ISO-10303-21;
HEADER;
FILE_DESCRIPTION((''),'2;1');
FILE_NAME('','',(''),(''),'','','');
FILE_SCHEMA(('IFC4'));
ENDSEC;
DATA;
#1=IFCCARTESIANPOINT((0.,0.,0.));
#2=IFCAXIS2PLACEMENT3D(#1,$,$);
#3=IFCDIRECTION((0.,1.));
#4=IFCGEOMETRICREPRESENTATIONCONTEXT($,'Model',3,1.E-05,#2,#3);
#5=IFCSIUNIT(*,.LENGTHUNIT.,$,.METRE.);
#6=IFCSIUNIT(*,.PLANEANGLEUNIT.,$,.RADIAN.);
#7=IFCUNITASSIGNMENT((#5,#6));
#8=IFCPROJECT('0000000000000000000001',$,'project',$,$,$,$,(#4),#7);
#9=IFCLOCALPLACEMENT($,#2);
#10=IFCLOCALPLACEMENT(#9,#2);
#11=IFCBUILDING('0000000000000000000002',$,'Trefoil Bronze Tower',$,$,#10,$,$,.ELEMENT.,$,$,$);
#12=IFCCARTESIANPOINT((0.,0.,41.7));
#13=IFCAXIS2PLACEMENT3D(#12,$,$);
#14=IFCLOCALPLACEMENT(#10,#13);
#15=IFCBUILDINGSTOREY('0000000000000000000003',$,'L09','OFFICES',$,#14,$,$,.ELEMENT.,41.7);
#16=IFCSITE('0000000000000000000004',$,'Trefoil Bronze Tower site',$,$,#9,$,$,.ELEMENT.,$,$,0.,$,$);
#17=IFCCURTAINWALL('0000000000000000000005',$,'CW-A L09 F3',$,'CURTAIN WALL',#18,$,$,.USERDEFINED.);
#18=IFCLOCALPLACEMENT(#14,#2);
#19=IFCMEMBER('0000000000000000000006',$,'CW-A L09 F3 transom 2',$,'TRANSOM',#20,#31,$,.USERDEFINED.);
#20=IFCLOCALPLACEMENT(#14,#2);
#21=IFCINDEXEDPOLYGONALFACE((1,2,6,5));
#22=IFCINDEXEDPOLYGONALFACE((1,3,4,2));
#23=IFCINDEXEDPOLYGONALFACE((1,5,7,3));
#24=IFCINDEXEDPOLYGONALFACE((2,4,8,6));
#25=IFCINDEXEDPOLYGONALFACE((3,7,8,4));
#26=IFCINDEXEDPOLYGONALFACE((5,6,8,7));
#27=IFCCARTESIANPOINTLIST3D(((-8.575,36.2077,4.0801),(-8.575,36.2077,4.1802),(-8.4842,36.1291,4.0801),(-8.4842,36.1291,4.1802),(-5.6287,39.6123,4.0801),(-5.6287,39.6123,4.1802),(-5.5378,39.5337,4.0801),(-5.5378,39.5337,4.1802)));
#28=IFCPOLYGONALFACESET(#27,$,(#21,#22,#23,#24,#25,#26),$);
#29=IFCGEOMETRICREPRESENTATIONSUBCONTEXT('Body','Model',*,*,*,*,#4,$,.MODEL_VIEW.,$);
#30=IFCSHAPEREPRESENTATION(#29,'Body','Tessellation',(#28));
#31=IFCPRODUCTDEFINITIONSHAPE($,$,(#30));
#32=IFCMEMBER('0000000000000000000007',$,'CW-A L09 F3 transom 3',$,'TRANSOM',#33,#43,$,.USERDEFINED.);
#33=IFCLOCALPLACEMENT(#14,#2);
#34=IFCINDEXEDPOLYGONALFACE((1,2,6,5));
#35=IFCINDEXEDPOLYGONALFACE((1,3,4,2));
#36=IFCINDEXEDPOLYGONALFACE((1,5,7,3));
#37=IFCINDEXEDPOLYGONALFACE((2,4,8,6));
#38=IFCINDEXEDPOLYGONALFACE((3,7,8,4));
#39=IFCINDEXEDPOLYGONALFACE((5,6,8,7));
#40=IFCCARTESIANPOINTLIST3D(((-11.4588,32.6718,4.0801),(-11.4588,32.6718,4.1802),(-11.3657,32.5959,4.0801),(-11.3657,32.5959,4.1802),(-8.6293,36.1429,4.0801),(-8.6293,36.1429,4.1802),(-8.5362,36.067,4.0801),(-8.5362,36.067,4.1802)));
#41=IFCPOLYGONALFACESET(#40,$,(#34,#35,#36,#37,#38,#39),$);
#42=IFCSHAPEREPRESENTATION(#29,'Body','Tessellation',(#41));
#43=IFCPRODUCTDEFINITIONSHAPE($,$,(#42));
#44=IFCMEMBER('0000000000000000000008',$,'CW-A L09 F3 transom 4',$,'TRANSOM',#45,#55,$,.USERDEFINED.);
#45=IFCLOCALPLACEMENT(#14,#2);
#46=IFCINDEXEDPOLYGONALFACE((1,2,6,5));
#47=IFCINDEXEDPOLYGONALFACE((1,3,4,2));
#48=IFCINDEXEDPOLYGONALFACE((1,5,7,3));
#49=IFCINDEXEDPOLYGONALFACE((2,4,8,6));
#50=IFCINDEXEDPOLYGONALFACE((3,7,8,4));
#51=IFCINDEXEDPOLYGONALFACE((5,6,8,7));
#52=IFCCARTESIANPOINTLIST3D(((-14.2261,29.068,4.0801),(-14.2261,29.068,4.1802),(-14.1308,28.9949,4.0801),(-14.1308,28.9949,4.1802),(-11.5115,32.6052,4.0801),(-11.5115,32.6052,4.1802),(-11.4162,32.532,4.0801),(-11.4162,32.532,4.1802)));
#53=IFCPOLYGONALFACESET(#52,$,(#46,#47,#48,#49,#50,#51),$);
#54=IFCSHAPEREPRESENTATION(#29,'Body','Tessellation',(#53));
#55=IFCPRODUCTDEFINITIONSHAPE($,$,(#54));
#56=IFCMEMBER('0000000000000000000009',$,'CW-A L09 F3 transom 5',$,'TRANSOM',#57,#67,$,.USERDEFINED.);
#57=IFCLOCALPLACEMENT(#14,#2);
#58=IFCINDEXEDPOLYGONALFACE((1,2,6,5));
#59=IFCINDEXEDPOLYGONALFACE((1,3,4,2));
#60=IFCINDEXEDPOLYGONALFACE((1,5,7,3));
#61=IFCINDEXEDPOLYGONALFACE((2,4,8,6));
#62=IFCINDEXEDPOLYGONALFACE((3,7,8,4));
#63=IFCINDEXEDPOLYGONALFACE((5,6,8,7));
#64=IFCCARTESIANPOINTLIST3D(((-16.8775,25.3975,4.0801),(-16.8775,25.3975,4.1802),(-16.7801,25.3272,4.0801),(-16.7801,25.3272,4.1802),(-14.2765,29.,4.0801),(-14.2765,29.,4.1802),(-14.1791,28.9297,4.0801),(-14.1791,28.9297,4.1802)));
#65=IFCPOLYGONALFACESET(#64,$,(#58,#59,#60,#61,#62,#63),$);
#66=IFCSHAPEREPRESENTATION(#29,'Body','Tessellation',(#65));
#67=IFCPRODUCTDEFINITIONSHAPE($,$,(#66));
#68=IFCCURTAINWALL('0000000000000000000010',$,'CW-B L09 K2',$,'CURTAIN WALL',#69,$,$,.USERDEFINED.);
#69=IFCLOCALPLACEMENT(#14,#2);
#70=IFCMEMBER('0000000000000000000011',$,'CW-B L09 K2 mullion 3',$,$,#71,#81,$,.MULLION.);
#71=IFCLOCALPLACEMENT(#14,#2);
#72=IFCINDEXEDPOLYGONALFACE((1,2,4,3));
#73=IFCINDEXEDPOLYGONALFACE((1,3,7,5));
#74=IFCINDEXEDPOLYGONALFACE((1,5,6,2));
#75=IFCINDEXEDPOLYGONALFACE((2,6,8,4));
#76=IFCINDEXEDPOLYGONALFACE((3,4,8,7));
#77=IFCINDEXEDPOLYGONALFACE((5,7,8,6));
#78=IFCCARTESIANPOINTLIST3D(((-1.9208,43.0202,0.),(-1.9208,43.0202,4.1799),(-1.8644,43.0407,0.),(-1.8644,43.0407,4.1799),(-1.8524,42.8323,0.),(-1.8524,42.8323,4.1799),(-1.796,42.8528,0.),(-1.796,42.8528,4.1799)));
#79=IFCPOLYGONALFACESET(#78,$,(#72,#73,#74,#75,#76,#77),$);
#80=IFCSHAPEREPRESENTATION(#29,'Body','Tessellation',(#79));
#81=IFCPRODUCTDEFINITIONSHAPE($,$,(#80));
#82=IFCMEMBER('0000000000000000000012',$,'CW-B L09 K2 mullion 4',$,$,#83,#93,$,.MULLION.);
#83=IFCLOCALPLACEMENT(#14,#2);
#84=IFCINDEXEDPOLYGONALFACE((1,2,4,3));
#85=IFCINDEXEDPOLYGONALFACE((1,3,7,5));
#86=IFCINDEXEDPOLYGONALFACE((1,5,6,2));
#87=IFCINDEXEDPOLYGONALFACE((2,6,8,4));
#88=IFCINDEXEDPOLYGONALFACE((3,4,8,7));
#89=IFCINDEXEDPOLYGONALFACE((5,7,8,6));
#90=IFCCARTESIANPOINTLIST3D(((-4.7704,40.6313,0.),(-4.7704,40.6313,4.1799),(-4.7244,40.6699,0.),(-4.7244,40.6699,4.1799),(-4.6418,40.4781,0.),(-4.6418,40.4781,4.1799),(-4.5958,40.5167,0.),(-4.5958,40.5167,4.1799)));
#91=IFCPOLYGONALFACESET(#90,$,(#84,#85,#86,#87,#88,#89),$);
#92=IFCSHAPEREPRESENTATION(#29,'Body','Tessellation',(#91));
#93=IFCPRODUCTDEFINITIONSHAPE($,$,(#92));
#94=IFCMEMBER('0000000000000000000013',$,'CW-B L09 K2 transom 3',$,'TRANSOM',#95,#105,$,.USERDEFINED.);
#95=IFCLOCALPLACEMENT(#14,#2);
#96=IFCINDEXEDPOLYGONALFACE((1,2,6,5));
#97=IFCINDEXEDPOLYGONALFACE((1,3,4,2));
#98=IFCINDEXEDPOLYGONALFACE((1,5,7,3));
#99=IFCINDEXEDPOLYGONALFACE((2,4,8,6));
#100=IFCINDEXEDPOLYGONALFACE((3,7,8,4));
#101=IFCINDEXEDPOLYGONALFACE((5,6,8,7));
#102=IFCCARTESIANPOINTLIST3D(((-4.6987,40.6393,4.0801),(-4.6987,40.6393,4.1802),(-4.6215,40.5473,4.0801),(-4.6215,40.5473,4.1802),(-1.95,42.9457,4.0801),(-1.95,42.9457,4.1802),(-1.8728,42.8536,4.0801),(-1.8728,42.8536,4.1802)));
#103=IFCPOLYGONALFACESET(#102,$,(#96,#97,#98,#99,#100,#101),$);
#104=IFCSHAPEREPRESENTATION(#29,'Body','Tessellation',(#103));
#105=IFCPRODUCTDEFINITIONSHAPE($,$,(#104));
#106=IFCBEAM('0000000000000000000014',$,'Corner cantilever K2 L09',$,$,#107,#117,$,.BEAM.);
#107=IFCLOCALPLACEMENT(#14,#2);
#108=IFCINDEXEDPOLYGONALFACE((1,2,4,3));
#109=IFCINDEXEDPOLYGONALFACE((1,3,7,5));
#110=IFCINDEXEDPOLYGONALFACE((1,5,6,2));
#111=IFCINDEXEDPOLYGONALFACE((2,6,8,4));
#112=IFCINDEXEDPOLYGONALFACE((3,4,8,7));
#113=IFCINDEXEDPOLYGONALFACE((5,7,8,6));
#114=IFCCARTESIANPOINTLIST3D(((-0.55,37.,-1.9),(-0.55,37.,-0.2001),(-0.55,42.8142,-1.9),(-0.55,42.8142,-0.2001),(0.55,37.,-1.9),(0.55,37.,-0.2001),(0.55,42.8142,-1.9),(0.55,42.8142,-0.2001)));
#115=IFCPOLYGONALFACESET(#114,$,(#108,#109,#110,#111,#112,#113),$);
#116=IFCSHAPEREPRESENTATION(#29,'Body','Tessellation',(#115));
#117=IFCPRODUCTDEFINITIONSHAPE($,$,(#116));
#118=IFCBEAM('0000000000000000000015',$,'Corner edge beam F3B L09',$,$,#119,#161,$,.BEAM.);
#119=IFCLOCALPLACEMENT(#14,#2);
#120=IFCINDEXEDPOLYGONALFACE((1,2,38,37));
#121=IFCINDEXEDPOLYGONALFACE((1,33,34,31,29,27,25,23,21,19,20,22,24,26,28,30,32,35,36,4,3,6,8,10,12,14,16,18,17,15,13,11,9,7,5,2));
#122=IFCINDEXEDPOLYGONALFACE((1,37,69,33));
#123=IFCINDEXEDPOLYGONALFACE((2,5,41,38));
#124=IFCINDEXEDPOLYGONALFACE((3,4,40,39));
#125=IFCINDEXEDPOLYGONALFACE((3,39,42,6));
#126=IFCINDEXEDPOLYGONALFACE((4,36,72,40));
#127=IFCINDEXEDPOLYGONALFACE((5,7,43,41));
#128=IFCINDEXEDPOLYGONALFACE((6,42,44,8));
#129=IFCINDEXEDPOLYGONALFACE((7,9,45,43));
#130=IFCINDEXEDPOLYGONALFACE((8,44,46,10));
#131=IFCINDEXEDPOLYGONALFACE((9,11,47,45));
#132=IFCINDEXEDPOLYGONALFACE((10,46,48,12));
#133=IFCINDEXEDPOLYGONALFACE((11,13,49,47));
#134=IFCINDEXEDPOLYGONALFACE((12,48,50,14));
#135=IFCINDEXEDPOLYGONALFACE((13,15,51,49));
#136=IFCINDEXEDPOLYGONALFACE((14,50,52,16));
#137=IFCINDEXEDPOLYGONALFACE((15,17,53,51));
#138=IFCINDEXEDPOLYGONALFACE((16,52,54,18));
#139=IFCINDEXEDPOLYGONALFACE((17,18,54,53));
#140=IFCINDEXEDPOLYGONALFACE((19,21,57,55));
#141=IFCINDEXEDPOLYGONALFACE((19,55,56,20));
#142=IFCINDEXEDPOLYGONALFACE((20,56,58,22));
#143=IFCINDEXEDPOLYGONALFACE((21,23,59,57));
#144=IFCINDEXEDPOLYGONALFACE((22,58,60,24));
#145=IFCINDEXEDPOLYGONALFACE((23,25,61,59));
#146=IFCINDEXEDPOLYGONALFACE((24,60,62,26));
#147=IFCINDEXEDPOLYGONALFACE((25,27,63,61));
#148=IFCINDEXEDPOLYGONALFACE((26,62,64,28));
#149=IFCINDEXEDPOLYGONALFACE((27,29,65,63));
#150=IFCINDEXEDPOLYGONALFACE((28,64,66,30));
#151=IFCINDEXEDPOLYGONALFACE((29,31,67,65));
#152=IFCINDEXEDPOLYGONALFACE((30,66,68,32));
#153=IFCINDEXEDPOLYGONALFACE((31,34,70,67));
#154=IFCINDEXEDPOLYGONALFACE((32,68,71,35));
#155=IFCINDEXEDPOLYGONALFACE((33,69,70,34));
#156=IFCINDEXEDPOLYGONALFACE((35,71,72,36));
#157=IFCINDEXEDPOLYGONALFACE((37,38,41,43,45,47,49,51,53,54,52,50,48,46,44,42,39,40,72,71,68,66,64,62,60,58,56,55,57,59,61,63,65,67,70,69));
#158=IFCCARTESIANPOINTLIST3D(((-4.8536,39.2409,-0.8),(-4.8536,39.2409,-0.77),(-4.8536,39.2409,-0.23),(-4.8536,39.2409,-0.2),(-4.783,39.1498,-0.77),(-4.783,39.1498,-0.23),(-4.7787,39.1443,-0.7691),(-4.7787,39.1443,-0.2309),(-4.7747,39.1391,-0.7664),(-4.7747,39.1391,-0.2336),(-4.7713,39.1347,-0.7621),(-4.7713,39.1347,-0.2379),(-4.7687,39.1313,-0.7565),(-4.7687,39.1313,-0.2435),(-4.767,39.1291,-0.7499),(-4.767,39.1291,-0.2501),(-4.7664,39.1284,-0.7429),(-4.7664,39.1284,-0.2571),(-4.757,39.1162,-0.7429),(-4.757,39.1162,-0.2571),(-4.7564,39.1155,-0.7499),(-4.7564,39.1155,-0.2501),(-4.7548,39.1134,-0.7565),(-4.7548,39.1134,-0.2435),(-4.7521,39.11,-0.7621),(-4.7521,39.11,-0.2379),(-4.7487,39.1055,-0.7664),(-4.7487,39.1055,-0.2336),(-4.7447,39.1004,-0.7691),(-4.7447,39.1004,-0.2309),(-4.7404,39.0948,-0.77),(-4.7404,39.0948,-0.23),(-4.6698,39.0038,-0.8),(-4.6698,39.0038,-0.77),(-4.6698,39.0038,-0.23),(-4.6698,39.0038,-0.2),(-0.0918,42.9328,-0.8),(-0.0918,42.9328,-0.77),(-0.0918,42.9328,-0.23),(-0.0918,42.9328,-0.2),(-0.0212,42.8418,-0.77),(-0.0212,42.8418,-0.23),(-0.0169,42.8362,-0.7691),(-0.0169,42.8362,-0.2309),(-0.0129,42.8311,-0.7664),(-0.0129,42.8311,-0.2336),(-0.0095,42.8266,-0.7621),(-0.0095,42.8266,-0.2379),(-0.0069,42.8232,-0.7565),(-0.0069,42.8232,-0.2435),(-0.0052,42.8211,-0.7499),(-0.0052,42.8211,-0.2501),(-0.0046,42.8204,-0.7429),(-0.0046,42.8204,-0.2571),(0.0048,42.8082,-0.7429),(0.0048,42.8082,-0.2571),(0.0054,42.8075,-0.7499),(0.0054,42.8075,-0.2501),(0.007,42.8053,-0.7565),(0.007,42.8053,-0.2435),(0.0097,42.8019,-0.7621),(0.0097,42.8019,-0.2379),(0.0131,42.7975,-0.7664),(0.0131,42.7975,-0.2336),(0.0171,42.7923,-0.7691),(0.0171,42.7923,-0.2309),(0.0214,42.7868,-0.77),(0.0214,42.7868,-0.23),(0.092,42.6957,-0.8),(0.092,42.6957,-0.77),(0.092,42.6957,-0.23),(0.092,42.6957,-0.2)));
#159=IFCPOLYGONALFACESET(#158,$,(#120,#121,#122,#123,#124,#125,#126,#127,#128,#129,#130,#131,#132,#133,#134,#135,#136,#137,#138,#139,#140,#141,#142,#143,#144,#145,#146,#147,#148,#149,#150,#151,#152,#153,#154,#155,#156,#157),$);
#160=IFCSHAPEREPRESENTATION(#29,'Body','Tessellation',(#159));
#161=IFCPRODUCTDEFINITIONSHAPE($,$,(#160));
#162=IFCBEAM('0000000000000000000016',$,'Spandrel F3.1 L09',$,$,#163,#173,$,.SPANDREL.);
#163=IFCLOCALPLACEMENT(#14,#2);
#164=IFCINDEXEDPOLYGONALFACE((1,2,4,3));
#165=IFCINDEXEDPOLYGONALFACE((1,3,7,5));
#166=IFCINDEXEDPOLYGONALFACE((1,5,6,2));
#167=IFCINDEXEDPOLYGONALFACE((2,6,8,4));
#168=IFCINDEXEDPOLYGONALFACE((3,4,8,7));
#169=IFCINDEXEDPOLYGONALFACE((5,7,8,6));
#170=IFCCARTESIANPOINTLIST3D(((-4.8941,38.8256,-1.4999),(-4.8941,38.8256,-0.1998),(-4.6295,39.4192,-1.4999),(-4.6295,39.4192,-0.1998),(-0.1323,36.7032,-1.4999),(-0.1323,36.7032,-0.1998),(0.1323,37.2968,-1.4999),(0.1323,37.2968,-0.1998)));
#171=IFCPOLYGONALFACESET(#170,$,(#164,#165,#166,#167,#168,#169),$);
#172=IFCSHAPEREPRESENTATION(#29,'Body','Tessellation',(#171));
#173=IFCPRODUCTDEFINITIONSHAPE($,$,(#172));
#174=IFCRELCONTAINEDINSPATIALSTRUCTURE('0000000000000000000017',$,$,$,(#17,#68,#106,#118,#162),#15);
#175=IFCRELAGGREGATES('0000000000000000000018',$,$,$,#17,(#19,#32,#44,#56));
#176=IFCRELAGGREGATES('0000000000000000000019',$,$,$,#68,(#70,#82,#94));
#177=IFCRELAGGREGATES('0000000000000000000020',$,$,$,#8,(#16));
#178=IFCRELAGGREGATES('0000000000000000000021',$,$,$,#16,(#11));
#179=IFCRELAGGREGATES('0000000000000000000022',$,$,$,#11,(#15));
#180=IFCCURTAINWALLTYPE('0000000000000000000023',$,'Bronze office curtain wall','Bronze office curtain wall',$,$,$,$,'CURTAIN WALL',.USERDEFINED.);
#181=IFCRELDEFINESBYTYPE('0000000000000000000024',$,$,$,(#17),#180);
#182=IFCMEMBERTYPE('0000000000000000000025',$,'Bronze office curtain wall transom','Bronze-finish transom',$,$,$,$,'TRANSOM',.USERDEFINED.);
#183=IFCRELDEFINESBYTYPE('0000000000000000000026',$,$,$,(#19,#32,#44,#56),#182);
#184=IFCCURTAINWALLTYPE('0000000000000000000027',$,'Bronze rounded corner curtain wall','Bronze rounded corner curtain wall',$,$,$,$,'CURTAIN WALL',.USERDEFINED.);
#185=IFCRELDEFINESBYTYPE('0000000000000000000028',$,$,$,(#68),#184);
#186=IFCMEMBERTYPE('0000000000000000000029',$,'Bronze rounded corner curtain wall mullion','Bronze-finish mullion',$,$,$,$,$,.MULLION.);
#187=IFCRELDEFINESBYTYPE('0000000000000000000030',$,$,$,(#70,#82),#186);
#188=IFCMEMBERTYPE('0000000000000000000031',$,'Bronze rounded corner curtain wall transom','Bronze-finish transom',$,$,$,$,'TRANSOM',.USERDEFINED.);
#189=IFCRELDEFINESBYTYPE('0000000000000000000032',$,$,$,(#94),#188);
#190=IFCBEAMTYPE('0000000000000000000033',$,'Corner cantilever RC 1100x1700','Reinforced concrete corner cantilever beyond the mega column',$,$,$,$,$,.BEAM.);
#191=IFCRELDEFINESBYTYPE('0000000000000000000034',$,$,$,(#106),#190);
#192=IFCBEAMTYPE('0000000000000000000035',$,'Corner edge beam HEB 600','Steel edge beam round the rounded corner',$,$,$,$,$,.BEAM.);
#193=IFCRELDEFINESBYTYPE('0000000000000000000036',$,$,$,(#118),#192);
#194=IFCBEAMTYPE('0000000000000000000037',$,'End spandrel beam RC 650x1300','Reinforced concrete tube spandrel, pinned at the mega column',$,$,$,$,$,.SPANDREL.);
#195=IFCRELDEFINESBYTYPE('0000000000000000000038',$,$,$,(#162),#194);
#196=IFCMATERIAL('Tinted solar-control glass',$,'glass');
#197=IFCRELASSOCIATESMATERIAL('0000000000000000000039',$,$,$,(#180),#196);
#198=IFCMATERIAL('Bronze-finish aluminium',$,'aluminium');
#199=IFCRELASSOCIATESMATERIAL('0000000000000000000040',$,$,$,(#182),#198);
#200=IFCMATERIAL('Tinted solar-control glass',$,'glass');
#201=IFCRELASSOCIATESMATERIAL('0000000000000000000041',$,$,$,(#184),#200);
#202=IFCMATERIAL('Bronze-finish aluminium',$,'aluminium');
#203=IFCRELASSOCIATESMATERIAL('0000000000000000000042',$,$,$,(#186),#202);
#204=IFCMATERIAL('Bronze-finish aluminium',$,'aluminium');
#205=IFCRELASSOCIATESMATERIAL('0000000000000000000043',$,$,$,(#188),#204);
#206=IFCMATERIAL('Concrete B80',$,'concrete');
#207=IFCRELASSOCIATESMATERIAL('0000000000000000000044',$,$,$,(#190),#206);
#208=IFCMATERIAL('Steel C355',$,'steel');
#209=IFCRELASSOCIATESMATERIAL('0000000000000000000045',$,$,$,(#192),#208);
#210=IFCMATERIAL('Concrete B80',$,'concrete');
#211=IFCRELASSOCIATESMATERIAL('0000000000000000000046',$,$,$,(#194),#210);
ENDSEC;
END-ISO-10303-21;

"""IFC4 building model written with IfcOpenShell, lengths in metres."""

from ifc_helpers import new_model, si_unit, direction, frame, origin, origin_2d, place, context, subcontext, project, spatial, rectangle, i_section, extrude, material, material_profile, profile_set, type_object, element, aggregate, save


model = new_model("IFC4")

# Units and contexts
model_context = context("Model", 3, precision=1e-05, world=origin(), true_north=direction((0.0, 1.0)))
body_context = subcontext(model_context, "Body", "Model", "MODEL_VIEW")
ifc_project = project(units=[si_unit("LENGTHUNIT", "METRE"), si_unit("PLANEANGLEUNIT", "RADIAN")], contexts=[model_context])

# Site, building, storey
site_placement = place(None, origin())
site = spatial("IfcSite", under=ifc_project, at=site_placement, Name="Trefoil Bronze Tower site", CompositionType="ELEMENT", RefElevation=0.0)
building_placement = place(site_placement, origin())
building = spatial("IfcBuilding", under=site, at=building_placement, Name="Trefoil Bronze Tower", CompositionType="ELEMENT")
storey_placement = place(building_placement, frame((0.0, 0.0, 41.7)))
storey = spatial("IfcBuildingStorey", under=building, at=storey_placement, Name="L09", Description="OFFICES", CompositionType="ELEMENT", Elevation=41.7)

# Curtain walls, members
ifc_material_1 = material(Name="Tinted solar-control glass", Category="glass")
curtain_wall_type_1 = type_object("IfcCurtainWallType", Name="Bronze office curtain wall", Description="Bronze office curtain wall", ElementType="CURTAIN WALL", PredefinedType="USERDEFINED", material=ifc_material_1)
curtain_wall_1_placement = place(storey_placement, origin())
curtain_wall_1 = element("IfcCurtainWall", 1, at=curtain_wall_1_placement, inside=storey, type_object=curtain_wall_type_1, Name="CW-A L09 F3", ObjectType="CURTAIN WALL", PredefinedType="USERDEFINED")
ifc_material_2 = material(Name="Bronze-finish aluminium", Category="aluminium")
ifc_material_profile_1 = material_profile(ifc_material_2, rectangle(XDim=0.1201, YDim=0.1001, at=origin_2d()), Name="CW-A transom")
ifc_profile_set_1 = profile_set([ifc_material_profile_1], Name="Bronze-finish aluminium")
member_type_1 = type_object("IfcMemberType", Name="Bronze office curtain wall transom", Description="Bronze-finish transom", ElementType="TRANSOM", PredefinedType="USERDEFINED", material=ifc_profile_set_1)
member_1_placement = place(storey_placement, frame((-5.5833, 39.573, 4.1301), z_axis=(-0.654383, -0.756163, 0.0), x_axis=(0.756163, -0.654383, 0.0)))
member_1 = element("IfcMember", 2, at=member_1_placement, type_object=member_type_1, Name="CW-A L09 F3 transom 2", ObjectType="TRANSOM", PredefinedType="USERDEFINED", context=body_context, shape_type="SweptSolid", body=[
    extrude(rectangle(XDim=0.1201, YDim=0.1001, at=origin_2d()), origin(), (0.0, 0.0, 1.0), 4.5024),
])
member_2_placement = place(storey_placement, frame((-8.5828, 36.105, 4.1301), z_axis=(-0.631836, -0.775102, 0.0), x_axis=(0.775102, -0.631836, 0.0)))
member_2 = element("IfcMember", 3, at=member_2_placement, type_object=member_type_1, Name="CW-A L09 F3 transom 3", ObjectType="TRANSOM", PredefinedType="USERDEFINED", context=body_context, shape_type="SweptSolid", body=[
    extrude(rectangle(XDim=0.1201, YDim=0.1001, at=origin_2d()), origin(), (0.0, 0.0, 1.0), 4.4783),
])
member_3_placement = place(storey_placement, frame((-11.4639, 32.5686, 4.1301), z_axis=(-0.608829, -0.793301, 0.0), x_axis=(0.793301, -0.608829, 0.0)))
member_3 = element("IfcMember", 4, at=member_3_placement, type_object=member_type_1, Name="CW-A L09 F3 transom 4", ObjectType="TRANSOM", PredefinedType="USERDEFINED", context=body_context, shape_type="SweptSolid", body=[
    extrude(rectangle(XDim=0.1201, YDim=0.1001, at=origin_2d()), origin(), (0.0, 0.0, 1.0), 4.4587),
])
member_4_placement = place(storey_placement, frame((-14.2278, 28.9648, 4.1301), z_axis=(-0.585378, -0.81076, 0.0), x_axis=(0.81076, -0.585378, 0.0)))
member_4 = element("IfcMember", 5, at=member_4_placement, type_object=member_type_1, Name="CW-A L09 F3 transom 5", ObjectType="TRANSOM", PredefinedType="USERDEFINED", context=body_context, shape_type="SweptSolid", body=[
    extrude(rectangle(XDim=0.1201, YDim=0.1001, at=origin_2d()), origin(), (0.0, 0.0, 1.0), 4.4434),
])
ifc_material_3 = material(Name="Tinted solar-control glass", Category="glass")
curtain_wall_type_2 = type_object("IfcCurtainWallType", Name="Bronze rounded corner curtain wall", Description="Bronze rounded corner curtain wall", ElementType="CURTAIN WALL", PredefinedType="USERDEFINED", material=ifc_material_3)
curtain_wall_2_placement = place(storey_placement, origin())
curtain_wall_2 = element("IfcCurtainWall", 6, at=curtain_wall_2_placement, inside=storey, type_object=curtain_wall_type_2, Name="CW-B L09 K2", ObjectType="CURTAIN WALL", PredefinedType="USERDEFINED")
ifc_material_4 = material(Name="Bronze-finish aluminium", Category="aluminium")
ifc_material_profile_2 = material_profile(ifc_material_4, rectangle(XDim=0.2, YDim=0.0601, at=origin_2d()), Name="CW-B mullion")
ifc_profile_set_2 = profile_set([ifc_material_profile_2], Name="Bronze-finish aluminium")
member_type_2 = type_object("IfcMemberType", Name="Bronze rounded corner curtain wall mullion", Description="Bronze-finish mullion", PredefinedType="MULLION", material=ifc_profile_set_2)
member_5_placement = place(storey_placement, frame((-1.8584, 42.9365, 0.0), z_axis=(0.0, 0.0, 1.0), x_axis=(0.34202, -0.939693, 0.0)))
member_5 = element("IfcMember", 7, at=member_5_placement, type_object=member_type_2, Name="CW-B L09 K2 mullion 3", PredefinedType="MULLION", context=body_context, shape_type="SweptSolid", body=[
    extrude(rectangle(XDim=0.2, YDim=0.0601, at=origin_2d()), origin(), (0.0, 0.0, 1.0), 4.1799),
])
member_6_placement = place(storey_placement, frame((-4.6831, 40.574, 0.0), z_axis=(0.0, 0.0, 1.0), x_axis=(0.642788, -0.766044, 0.0)))
member_6 = element("IfcMember", 8, at=member_6_placement, type_object=member_type_2, Name="CW-B L09 K2 mullion 4", PredefinedType="MULLION", context=body_context, shape_type="SweptSolid", body=[
    extrude(rectangle(XDim=0.2, YDim=0.0601, at=origin_2d()), origin(), (0.0, 0.0, 1.0), 4.1799),
])
ifc_material_5 = material(Name="Bronze-finish aluminium", Category="aluminium")
ifc_material_profile_3 = material_profile(ifc_material_5, rectangle(XDim=0.1201, YDim=0.1001, at=origin_2d()), Name="CW-B transom")
ifc_profile_set_3 = profile_set([ifc_material_profile_3], Name="Bronze-finish aluminium")
member_type_3 = type_object("IfcMemberType", Name="Bronze rounded corner curtain wall transom", Description="Bronze-finish transom", ElementType="TRANSOM", PredefinedType="USERDEFINED", material=ifc_profile_set_3)
member_7_placement = place(storey_placement, frame((-1.9114, 42.8997, 4.1301), z_axis=(-0.766059, -0.642771, 0.0), x_axis=(0.642771, -0.766059, 0.0)))
member_7 = element("IfcMember", 9, at=member_7_placement, type_object=member_type_3, Name="CW-B L09 K2 transom 3", ObjectType="TRANSOM", PredefinedType="USERDEFINED", context=body_context, shape_type="SweptSolid", body=[
    extrude(rectangle(XDim=0.1201, YDim=0.1001, at=origin_2d()), origin(), (0.0, 0.0, 1.0), 3.5881),
])

# Beams
ifc_material_6 = material(Name="Concrete B80", Category="concrete")
ifc_material_profile_4 = material_profile(ifc_material_6, rectangle(XDim=1.1001, YDim=1.7, at=origin_2d()), Name="RC 1100x1700")
ifc_profile_set_4 = profile_set([ifc_material_profile_4], Name="Concrete B80")
beam_type_1 = type_object("IfcBeamType", Name="Corner cantilever RC 1100x1700", Description="Reinforced concrete corner cantilever beyond the mega column", PredefinedType="BEAM", material=ifc_profile_set_4)
beam_1_placement = place(storey_placement, frame((0.0, 37.0, -1.05), z_axis=(0.0, 1.0, 0.0), x_axis=(-1.0, 0.0, 0.0)))
element("IfcBeam", 10, at=beam_1_placement, inside=storey, type_object=beam_type_1, Name="Corner cantilever K2 L09", PredefinedType="BEAM", context=body_context, shape_type="SweptSolid", body=[
    extrude(rectangle(XDim=1.1001, YDim=1.7, at=origin_2d()), origin(), (0.0, 0.0, 1.0), 5.8142),
])
ifc_material_7 = material(Name="Steel C355", Category="steel")
ifc_material_profile_5 = material_profile(ifc_material_7, i_section(OverallWidth=0.3, OverallDepth=0.6001, WebThickness=0.0154, FlangeThickness=0.03, FilletRadius=0.0271, at=origin_2d()), Name="HEB 600")
ifc_profile_set_5 = profile_set([ifc_material_profile_5], Name="Steel C355")
beam_type_2 = type_object("IfcBeamType", Name="Corner edge beam HEB 600", Description="Steel edge beam round the rounded corner", PredefinedType="BEAM", material=ifc_profile_set_5)
beam_2_placement = place(storey_placement, frame((-4.7617, 39.1223, -0.5), z_axis=(0.790289, 0.612734, 0.0), x_axis=(-0.612734, 0.790289, 0.0)))
element("IfcBeam", 11, at=beam_2_placement, inside=storey, type_object=beam_type_2, Name="Corner edge beam F3B L09", PredefinedType="BEAM", context=body_context, shape_type="SweptSolid", body=[
    extrude(i_section(OverallWidth=0.3, OverallDepth=0.6001, WebThickness=0.0154, FlangeThickness=0.03, FilletRadius=0.0271, at=origin_2d()), origin(), (0.0, 0.0, 1.0), 6.0254),
])
ifc_material_8 = material(Name="Concrete B80", Category="concrete")
ifc_material_profile_6 = material_profile(ifc_material_8, rectangle(XDim=0.6499, YDim=1.3, at=origin_2d()), Name="RC 650x1300")
ifc_profile_set_6 = profile_set([ifc_material_profile_6], Name="Concrete B80")
beam_type_3 = type_object("IfcBeamType", Name="End spandrel beam RC 650x1300", Description="Reinforced concrete tube spandrel, pinned at the mega column", PredefinedType="SPANDREL", material=ifc_profile_set_6)
beam_3_placement = place(storey_placement, frame((0.0, 37.0, -0.8499), z_axis=(-0.913384, 0.407099, 0.0), x_axis=(-0.407099, -0.913384, 0.0)))
element("IfcBeam", 12, at=beam_3_placement, inside=storey, type_object=beam_type_3, Name="Spandrel F3.1 L09", PredefinedType="SPANDREL", context=body_context, shape_type="SweptSolid", body=[
    extrude(rectangle(XDim=0.6499, YDim=1.3, at=origin_2d()), origin(), (0.0, 0.0, 1.0), 5.2134),
])

aggregate(curtain_wall_1, [member_1, member_2, member_3, member_4])
aggregate(curtain_wall_2, [member_5, member_6, member_7])

save(model, "model.ifc")
